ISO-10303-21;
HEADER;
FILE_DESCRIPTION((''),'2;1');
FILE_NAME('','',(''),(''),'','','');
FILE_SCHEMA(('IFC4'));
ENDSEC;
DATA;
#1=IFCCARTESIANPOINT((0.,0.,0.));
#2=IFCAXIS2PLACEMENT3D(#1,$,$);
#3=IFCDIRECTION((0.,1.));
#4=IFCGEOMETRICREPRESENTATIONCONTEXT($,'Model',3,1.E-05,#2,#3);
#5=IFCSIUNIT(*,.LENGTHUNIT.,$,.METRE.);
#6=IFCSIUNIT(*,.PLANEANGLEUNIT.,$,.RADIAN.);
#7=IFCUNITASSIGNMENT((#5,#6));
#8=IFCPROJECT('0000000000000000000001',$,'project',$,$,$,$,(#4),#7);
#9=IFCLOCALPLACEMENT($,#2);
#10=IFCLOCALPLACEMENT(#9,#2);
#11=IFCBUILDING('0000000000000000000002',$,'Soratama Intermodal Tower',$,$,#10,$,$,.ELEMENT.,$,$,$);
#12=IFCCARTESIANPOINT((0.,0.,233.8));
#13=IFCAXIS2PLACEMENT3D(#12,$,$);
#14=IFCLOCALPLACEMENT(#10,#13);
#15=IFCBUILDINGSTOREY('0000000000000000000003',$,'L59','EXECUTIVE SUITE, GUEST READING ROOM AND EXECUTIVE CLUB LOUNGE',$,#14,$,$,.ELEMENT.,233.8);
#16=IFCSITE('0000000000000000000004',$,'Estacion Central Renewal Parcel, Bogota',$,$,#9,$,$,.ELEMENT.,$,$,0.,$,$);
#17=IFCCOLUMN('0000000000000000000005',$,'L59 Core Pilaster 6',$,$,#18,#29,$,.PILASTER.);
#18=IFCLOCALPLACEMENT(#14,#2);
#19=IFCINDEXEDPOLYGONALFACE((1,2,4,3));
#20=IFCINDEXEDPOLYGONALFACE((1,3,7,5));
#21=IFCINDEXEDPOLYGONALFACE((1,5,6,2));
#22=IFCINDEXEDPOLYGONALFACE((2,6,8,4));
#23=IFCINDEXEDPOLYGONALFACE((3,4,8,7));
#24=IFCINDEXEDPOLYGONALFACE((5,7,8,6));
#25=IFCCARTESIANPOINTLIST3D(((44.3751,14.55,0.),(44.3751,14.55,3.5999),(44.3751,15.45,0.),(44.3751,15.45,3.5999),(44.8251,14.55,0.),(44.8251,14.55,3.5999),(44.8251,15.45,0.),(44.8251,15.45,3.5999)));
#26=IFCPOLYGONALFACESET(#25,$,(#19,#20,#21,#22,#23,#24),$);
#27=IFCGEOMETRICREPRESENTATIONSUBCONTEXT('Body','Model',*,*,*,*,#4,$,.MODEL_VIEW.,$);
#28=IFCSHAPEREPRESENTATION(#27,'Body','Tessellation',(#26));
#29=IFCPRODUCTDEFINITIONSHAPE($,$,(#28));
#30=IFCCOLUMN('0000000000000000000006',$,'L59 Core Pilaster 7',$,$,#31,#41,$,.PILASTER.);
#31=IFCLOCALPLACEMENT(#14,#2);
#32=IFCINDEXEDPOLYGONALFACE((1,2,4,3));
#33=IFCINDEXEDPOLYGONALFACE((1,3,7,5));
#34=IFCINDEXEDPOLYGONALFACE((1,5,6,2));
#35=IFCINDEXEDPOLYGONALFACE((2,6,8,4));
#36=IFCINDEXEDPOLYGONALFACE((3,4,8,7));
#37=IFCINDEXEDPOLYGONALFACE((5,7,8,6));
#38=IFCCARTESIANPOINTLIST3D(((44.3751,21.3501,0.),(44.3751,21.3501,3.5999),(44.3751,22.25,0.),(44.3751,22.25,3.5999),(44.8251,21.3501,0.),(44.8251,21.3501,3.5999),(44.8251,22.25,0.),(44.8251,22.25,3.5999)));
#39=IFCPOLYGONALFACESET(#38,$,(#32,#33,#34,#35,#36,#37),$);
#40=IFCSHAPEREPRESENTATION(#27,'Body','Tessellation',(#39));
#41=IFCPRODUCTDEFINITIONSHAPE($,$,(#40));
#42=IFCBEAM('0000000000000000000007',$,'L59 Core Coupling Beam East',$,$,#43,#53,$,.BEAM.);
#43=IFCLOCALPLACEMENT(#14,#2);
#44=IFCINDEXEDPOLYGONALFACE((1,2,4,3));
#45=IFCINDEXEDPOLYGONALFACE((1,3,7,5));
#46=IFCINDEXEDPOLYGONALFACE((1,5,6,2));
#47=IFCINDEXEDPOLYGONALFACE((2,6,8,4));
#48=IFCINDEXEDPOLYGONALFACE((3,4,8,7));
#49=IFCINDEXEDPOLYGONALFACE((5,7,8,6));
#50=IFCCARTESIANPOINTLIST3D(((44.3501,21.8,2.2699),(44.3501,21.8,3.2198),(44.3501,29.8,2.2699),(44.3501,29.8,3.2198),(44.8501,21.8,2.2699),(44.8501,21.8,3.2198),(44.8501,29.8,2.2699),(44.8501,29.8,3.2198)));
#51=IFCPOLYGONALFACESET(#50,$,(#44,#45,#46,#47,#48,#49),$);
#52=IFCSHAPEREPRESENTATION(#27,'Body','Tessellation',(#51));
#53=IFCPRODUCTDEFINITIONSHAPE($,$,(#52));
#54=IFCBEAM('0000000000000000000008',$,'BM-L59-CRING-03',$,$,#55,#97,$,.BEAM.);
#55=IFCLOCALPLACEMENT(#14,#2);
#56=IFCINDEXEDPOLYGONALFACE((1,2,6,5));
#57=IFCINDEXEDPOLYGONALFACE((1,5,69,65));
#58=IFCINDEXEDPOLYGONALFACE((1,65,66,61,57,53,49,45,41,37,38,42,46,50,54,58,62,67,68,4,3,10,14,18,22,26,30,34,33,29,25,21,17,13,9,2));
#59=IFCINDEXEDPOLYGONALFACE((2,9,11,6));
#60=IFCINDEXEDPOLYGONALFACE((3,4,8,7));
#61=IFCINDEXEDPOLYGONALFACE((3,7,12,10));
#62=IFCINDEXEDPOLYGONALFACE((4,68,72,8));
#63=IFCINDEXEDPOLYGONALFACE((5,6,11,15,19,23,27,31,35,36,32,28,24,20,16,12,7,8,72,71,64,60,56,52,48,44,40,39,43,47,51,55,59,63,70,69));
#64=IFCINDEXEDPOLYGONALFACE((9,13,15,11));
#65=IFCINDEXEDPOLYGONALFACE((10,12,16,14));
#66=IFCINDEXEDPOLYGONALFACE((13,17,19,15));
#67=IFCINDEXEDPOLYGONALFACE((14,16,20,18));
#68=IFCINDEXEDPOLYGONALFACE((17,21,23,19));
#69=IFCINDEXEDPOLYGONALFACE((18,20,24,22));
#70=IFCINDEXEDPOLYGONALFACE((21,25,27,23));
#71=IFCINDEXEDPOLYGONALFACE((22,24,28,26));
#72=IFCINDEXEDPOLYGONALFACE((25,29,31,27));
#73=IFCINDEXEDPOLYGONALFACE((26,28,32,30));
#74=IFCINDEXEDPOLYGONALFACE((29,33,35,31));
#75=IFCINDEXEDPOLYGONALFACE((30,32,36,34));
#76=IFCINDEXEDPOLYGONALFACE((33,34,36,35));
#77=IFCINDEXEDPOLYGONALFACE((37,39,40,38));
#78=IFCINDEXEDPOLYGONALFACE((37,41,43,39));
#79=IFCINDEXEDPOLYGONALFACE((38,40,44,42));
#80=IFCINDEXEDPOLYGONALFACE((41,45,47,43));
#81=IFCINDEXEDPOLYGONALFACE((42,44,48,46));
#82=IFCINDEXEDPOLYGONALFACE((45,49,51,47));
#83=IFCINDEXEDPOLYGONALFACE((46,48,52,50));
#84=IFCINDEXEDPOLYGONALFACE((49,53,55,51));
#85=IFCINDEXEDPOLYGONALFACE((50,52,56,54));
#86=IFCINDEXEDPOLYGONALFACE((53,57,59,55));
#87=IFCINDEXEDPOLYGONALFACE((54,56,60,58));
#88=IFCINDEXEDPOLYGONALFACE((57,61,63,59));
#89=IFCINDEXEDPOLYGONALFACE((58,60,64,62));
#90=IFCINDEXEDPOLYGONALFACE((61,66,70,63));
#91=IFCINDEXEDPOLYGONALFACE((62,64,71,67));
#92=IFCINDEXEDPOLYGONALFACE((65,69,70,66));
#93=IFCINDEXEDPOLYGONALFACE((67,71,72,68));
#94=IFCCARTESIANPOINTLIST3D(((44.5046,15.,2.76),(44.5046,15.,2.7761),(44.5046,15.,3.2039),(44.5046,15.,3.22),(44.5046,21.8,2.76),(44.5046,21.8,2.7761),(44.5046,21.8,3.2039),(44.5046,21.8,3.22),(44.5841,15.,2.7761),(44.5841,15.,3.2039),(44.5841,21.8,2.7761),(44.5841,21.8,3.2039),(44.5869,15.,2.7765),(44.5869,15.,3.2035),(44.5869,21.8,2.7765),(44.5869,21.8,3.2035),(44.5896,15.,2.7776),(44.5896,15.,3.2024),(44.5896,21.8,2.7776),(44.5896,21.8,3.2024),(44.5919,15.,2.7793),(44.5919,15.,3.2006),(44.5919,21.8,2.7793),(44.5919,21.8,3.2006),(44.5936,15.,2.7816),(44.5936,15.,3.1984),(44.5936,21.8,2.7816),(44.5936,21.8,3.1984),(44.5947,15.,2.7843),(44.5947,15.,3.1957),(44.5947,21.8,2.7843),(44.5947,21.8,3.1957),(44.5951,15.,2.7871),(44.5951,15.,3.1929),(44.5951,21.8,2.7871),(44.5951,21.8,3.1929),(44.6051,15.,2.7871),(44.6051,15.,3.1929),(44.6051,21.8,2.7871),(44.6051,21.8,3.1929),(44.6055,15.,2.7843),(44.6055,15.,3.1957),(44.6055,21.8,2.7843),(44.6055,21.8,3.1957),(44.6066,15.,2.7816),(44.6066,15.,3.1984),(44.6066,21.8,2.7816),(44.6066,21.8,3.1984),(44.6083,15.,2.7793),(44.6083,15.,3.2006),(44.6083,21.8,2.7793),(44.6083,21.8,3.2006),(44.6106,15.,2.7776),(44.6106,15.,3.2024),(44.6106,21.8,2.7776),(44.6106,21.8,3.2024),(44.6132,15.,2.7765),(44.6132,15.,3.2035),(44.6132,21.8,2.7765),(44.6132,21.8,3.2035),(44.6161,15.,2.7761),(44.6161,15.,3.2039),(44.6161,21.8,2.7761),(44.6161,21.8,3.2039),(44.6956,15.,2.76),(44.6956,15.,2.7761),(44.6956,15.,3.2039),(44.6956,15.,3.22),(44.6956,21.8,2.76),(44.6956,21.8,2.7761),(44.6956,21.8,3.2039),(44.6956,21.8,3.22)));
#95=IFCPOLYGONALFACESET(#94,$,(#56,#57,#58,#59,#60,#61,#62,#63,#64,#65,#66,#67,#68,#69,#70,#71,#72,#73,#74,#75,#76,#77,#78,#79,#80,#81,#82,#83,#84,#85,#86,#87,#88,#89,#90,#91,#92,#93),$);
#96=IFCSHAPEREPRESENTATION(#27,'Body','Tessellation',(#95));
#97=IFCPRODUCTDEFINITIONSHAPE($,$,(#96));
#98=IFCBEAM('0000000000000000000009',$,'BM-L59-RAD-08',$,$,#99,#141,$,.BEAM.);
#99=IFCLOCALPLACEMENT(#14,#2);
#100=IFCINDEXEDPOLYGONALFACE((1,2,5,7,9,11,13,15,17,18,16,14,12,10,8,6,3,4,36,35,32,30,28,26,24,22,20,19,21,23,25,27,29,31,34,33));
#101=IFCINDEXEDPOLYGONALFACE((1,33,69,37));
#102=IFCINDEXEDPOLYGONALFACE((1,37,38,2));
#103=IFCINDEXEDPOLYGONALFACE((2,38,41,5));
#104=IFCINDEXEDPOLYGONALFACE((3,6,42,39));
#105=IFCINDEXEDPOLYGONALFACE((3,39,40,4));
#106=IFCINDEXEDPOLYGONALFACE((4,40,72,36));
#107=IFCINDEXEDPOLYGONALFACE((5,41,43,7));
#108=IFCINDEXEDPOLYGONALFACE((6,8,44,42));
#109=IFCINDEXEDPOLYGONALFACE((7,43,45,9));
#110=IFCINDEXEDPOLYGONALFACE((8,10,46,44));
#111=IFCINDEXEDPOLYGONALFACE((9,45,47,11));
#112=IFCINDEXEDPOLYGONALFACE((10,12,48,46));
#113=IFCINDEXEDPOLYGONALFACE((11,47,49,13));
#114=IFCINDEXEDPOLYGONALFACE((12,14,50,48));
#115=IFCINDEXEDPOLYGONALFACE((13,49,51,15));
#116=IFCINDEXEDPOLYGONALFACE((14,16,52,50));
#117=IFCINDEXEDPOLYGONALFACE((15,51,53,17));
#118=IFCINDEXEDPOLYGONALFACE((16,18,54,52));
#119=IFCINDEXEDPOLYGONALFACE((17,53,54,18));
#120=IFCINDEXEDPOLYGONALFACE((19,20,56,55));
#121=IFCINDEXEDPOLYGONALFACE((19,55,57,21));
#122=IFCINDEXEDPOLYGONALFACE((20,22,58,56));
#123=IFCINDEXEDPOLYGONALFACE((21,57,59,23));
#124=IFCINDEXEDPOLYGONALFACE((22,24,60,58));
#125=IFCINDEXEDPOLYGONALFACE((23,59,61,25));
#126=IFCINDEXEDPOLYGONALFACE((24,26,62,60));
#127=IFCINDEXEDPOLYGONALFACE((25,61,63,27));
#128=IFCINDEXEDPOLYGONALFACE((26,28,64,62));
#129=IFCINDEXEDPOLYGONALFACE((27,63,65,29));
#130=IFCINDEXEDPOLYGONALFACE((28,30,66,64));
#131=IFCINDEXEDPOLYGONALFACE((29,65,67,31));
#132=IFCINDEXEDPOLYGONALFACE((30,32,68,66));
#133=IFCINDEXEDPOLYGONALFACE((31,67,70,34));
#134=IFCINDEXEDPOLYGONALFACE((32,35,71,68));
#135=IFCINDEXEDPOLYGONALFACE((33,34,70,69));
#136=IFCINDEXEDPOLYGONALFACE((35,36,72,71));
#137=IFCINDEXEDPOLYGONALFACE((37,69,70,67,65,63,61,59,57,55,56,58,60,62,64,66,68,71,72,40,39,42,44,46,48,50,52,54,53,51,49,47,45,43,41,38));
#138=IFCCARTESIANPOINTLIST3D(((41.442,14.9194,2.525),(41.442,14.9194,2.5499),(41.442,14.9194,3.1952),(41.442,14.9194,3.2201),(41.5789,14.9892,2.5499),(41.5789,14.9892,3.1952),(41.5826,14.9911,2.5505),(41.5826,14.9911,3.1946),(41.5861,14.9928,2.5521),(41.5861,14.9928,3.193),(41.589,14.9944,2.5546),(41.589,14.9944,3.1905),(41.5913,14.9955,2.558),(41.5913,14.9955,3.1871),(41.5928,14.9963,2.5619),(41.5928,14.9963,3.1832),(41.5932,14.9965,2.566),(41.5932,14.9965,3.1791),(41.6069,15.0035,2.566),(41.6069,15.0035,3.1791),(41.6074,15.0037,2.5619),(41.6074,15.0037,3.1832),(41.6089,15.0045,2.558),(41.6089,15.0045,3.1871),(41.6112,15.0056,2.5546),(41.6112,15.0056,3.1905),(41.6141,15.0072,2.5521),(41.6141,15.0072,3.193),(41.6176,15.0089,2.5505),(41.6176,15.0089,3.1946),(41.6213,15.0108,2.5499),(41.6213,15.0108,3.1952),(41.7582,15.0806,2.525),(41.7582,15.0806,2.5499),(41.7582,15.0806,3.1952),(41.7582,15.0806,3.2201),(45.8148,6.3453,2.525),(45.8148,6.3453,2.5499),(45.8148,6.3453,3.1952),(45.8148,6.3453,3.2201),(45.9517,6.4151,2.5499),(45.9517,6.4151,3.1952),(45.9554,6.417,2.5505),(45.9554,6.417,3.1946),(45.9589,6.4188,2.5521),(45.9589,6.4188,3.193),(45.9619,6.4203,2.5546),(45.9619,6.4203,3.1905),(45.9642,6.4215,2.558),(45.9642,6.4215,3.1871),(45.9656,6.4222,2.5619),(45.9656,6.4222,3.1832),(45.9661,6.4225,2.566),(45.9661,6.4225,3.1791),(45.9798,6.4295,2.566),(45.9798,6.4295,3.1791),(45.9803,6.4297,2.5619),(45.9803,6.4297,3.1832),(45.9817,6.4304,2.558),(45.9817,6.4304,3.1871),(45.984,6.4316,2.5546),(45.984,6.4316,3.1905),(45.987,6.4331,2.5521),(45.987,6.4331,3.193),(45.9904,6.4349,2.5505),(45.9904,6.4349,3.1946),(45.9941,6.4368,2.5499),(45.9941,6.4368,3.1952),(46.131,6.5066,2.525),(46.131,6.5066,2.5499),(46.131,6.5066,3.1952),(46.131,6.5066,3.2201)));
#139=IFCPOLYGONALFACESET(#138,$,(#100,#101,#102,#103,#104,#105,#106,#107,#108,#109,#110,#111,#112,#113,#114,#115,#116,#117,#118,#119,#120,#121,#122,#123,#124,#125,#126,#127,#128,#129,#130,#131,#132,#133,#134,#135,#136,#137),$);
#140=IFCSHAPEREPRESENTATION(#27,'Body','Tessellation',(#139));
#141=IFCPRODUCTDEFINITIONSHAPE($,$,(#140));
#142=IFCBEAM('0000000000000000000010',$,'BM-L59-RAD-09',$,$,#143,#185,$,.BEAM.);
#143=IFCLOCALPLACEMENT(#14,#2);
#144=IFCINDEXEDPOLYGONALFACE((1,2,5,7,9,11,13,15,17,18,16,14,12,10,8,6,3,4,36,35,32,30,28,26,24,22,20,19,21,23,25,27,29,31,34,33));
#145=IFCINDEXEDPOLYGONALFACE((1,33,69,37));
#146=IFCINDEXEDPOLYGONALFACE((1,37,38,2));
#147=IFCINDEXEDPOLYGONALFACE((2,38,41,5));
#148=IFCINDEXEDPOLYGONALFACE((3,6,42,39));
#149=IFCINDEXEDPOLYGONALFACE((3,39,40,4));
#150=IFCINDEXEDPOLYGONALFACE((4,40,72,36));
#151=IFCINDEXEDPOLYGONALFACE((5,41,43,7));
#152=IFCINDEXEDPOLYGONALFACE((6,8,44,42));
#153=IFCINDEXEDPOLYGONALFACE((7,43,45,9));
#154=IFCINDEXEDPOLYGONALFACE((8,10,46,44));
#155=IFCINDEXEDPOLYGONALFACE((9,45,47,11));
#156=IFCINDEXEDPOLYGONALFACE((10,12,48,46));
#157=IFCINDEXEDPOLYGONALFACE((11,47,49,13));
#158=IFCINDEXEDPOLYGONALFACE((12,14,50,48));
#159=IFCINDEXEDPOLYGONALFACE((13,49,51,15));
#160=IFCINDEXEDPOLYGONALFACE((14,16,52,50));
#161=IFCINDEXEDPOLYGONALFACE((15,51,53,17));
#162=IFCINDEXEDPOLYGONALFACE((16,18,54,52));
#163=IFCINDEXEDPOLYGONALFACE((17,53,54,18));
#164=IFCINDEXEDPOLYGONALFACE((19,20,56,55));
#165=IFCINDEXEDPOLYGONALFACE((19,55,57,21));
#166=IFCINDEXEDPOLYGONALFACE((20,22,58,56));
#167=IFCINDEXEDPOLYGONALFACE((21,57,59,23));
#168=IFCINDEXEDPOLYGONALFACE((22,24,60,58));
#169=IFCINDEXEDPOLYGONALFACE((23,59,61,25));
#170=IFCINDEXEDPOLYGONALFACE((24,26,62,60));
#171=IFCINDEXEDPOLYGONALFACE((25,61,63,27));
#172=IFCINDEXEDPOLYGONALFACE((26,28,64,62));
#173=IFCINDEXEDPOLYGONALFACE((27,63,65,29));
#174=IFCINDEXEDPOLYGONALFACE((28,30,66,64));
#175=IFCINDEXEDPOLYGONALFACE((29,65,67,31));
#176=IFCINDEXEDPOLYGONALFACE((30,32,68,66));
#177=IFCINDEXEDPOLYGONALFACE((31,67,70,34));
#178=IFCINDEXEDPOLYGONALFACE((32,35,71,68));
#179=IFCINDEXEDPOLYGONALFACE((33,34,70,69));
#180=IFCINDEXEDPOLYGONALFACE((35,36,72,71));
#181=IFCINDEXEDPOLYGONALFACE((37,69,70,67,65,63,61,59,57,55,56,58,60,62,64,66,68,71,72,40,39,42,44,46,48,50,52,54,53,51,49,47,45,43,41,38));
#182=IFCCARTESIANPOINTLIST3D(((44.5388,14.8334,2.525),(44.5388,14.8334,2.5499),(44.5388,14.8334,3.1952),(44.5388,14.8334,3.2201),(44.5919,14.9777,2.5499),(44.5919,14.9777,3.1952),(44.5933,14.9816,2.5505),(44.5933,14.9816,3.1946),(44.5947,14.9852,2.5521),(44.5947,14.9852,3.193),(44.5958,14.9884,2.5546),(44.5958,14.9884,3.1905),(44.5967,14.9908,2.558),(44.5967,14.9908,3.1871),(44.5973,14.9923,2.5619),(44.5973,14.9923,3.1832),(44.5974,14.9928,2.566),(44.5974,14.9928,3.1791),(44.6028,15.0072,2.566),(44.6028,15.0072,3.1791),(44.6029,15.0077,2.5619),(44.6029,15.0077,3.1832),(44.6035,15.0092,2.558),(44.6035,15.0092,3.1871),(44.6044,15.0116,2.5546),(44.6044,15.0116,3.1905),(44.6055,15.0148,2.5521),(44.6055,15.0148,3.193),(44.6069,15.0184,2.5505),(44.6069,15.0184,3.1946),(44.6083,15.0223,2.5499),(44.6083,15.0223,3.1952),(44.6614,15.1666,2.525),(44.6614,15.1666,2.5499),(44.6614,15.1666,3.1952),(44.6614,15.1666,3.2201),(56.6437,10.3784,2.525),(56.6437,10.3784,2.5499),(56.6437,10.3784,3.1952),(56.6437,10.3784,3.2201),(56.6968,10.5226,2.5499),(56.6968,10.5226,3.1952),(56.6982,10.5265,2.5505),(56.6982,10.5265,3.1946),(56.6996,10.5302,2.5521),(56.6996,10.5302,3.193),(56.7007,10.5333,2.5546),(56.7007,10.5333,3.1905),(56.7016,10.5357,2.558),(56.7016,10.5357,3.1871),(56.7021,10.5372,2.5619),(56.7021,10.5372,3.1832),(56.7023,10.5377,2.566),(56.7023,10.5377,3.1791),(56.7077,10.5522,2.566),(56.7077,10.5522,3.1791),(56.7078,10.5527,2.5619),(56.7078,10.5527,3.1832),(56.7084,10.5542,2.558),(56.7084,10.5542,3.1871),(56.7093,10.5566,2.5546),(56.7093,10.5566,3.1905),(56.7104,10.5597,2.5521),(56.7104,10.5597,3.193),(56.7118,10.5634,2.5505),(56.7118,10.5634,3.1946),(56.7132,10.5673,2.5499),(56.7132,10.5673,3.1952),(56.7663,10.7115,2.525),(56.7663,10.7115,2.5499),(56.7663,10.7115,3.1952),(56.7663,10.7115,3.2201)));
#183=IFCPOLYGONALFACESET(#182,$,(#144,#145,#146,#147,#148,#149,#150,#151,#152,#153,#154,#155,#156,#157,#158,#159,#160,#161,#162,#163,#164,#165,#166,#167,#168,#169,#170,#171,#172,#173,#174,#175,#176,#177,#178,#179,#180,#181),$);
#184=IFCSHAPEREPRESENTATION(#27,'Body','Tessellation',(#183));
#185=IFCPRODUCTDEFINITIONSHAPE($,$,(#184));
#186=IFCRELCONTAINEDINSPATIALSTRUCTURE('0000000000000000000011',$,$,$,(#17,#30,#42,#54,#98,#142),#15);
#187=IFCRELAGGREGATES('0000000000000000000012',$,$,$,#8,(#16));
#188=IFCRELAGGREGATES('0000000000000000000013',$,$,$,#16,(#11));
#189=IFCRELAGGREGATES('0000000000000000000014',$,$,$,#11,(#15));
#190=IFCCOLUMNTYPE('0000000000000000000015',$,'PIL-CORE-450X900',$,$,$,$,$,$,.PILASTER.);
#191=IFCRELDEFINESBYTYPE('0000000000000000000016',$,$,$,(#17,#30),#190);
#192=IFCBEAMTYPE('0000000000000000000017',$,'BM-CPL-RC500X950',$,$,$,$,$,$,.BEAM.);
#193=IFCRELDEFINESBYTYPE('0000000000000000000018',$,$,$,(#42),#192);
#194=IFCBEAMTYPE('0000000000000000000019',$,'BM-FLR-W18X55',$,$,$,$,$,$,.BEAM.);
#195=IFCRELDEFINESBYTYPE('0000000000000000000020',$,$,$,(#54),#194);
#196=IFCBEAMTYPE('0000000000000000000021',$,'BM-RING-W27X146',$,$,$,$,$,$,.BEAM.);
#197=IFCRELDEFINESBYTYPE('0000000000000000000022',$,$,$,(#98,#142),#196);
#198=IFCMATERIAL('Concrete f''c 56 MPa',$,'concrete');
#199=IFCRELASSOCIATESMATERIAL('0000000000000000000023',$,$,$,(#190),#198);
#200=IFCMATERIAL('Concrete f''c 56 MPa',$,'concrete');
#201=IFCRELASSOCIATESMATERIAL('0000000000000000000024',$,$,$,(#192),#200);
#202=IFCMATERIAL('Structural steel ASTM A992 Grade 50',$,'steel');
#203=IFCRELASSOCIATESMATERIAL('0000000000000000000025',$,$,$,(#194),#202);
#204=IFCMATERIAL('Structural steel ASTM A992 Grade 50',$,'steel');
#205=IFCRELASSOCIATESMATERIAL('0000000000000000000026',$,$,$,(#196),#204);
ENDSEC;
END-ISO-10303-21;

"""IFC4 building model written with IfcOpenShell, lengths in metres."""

from ifc_helpers import new_model, si_unit, direction, frame, origin, origin_2d, place, context, subcontext, project, spatial, rectangle, i_section, extrude, material, material_profile, profile_set, type_object, element, save


model = new_model("IFC4")

# Units and contexts
model_context = context("Model", 3, precision=1e-05, world=origin(), true_north=direction((0.0, 1.0)))
body_context = subcontext(model_context, "Body", "Model", "MODEL_VIEW")
ifc_project = project(units=[si_unit("LENGTHUNIT", "METRE"), si_unit("PLANEANGLEUNIT", "RADIAN")], contexts=[model_context])

# Site, building, storey
site_placement = place(None, origin())
site = spatial("IfcSite", under=ifc_project, at=site_placement, Name="Estacion Central Renewal Parcel, Bogota", CompositionType="ELEMENT", RefElevation=0.0)
building_placement = place(site_placement, origin())
building = spatial("IfcBuilding", under=site, at=building_placement, Name="Soratama Intermodal Tower", CompositionType="ELEMENT")
storey_placement = place(building_placement, frame((0.0, 0.0, 233.8)))
storey = spatial("IfcBuildingStorey", under=building, at=storey_placement, Name="L59", Description="EXECUTIVE SUITE, GUEST READING ROOM AND EXECUTIVE CLUB LOUNGE", CompositionType="ELEMENT", Elevation=233.8)

# Columns
ifc_material_1 = material(Name="Concrete f'c 56 MPa", Category="concrete")
ifc_material_profile_1 = material_profile(ifc_material_1, rectangle(XDim=0.45, YDim=0.8999, at=origin_2d()), Name="RC450X900")
ifc_profile_set_1 = profile_set([ifc_material_profile_1], Name="Concrete f'c 56 MPa")
column_type = type_object("IfcColumnType", Name="PIL-CORE-450X900", PredefinedType="PILASTER", material=ifc_profile_set_1)
for number, where, z_axis, x_axis, name in (
    (1, (44.6001, 15.0, 0.0), (0.0, 0.0, 1.0), (1.0, 0.0, 0.0), "L59 Core Pilaster 6"),
    (2, (44.6001, 21.8, 0.0), (0.0, 0.0, 1.0), (1.0, 0.0, 0.0), "L59 Core Pilaster 7"),
):
    element("IfcColumn", number, at=place(storey_placement, frame(where, z_axis=z_axis, x_axis=x_axis)), inside=storey, type_object=column_type, Name=name, PredefinedType="PILASTER", context=body_context, shape_type="SweptSolid", body=[
        extrude(rectangle(XDim=0.45, YDim=0.8999, at=origin_2d()), origin(), (0.0, 0.0, 1.0), 3.5999),
    ])

# Beams
ifc_material_2 = material(Name="Concrete f'c 56 MPa", Category="concrete")
ifc_material_profile_2 = material_profile(ifc_material_2, rectangle(XDim=0.5, YDim=0.95, at=origin_2d()), Name="RC500X950")
ifc_profile_set_2 = profile_set([ifc_material_profile_2], Name="Concrete f'c 56 MPa")
beam_type_1 = type_object("IfcBeamType", Name="BM-CPL-RC500X950", PredefinedType="BEAM", material=ifc_profile_set_2)
beam_1_placement = place(storey_placement, frame((44.6001, 21.8, 2.7449), z_axis=(0.0, 1.0, 0.0), x_axis=(-1.0, 0.0, 0.0)))
element("IfcBeam", 3, at=beam_1_placement, inside=storey, type_object=beam_type_1, Name="L59 Core Coupling Beam East", PredefinedType="BEAM", context=body_context, shape_type="SweptSolid", body=[
    extrude(rectangle(XDim=0.5, YDim=0.95, at=origin_2d()), origin(), (0.0, 0.0, 1.0), 8.0),
])
ifc_material_3 = material(Name="Structural steel ASTM A992 Grade 50", Category="steel")
ifc_material_profile_3 = material_profile(ifc_material_3, i_section(OverallWidth=0.1909, OverallDepth=0.46, WebThickness=0.01, FlangeThickness=0.0161, FilletRadius=0.011, at=origin_2d()), Name="W18X55")
ifc_profile_set_3 = profile_set([ifc_material_profile_3], Name="Structural steel ASTM A992 Grade 50")
beam_type_2 = type_object("IfcBeamType", Name="BM-FLR-W18X55", PredefinedType="BEAM", material=ifc_profile_set_3)
beam_2_placement = place(storey_placement, frame((44.6001, 15.0, 2.99), z_axis=(0.0, 1.0, 0.0), x_axis=(-1.0, 0.0, 0.0)))
element("IfcBeam", 4, at=beam_2_placement, inside=storey, type_object=beam_type_2, Name="BM-L59-CRING-03", PredefinedType="BEAM", context=body_context, shape_type="SweptSolid", body=[
    extrude(i_section(OverallWidth=0.1909, OverallDepth=0.46, WebThickness=0.01, FlangeThickness=0.0161, FilletRadius=0.011, at=origin_2d()), origin(), (0.0, 0.0, 1.0), 6.8),
])
ifc_material_4 = material(Name="Structural steel ASTM A992 Grade 50", Category="steel")
ifc_material_profile_4 = material_profile(ifc_material_4, i_section(OverallWidth=0.355, OverallDepth=0.6951, WebThickness=0.0154, FlangeThickness=0.0249, FilletRadius=0.0161, at=origin_2d()), Name="W27X146")
ifc_profile_set_4 = profile_set([ifc_material_profile_4], Name="Structural steel ASTM A992 Grade 50")
beam_type_3 = type_object("IfcBeamType", Name="BM-RING-W27X146", PredefinedType="BEAM", material=ifc_profile_set_4)
beam_3_placement = place(storey_placement, frame((41.6001, 15.0, 2.8726), z_axis=(0.454332, -0.890832, 0.0), x_axis=(0.890832, 0.454332, 0.0)))
element("IfcBeam", 5, at=beam_3_placement, inside=storey, type_object=beam_type_3, Name="BM-L59-RAD-08", PredefinedType="BEAM", context=body_context, shape_type="SweptSolid", body=[
    extrude(i_section(OverallWidth=0.355, OverallDepth=0.6951, WebThickness=0.0154, FlangeThickness=0.0249, FilletRadius=0.0161, at=origin_2d()), origin(), (0.0, 0.0, 1.0), 9.6248),
])
beam_4_placement = place(storey_placement, frame((44.6001, 15.0, 2.8726), z_axis=(0.93846, -0.345388, 0.0), x_axis=(0.345388, 0.93846, 0.0)))
element("IfcBeam", 6, at=beam_4_placement, inside=storey, type_object=beam_type_3, Name="BM-L59-RAD-09", PredefinedType="BEAM", context=body_context, shape_type="SweptSolid", body=[
    extrude(i_section(OverallWidth=0.355, OverallDepth=0.6951, WebThickness=0.0154, FlangeThickness=0.0249, FilletRadius=0.0161, at=origin_2d()), origin(), (0.0, 0.0, 1.0), 12.8987),
])

save(model, "model.ifc")
